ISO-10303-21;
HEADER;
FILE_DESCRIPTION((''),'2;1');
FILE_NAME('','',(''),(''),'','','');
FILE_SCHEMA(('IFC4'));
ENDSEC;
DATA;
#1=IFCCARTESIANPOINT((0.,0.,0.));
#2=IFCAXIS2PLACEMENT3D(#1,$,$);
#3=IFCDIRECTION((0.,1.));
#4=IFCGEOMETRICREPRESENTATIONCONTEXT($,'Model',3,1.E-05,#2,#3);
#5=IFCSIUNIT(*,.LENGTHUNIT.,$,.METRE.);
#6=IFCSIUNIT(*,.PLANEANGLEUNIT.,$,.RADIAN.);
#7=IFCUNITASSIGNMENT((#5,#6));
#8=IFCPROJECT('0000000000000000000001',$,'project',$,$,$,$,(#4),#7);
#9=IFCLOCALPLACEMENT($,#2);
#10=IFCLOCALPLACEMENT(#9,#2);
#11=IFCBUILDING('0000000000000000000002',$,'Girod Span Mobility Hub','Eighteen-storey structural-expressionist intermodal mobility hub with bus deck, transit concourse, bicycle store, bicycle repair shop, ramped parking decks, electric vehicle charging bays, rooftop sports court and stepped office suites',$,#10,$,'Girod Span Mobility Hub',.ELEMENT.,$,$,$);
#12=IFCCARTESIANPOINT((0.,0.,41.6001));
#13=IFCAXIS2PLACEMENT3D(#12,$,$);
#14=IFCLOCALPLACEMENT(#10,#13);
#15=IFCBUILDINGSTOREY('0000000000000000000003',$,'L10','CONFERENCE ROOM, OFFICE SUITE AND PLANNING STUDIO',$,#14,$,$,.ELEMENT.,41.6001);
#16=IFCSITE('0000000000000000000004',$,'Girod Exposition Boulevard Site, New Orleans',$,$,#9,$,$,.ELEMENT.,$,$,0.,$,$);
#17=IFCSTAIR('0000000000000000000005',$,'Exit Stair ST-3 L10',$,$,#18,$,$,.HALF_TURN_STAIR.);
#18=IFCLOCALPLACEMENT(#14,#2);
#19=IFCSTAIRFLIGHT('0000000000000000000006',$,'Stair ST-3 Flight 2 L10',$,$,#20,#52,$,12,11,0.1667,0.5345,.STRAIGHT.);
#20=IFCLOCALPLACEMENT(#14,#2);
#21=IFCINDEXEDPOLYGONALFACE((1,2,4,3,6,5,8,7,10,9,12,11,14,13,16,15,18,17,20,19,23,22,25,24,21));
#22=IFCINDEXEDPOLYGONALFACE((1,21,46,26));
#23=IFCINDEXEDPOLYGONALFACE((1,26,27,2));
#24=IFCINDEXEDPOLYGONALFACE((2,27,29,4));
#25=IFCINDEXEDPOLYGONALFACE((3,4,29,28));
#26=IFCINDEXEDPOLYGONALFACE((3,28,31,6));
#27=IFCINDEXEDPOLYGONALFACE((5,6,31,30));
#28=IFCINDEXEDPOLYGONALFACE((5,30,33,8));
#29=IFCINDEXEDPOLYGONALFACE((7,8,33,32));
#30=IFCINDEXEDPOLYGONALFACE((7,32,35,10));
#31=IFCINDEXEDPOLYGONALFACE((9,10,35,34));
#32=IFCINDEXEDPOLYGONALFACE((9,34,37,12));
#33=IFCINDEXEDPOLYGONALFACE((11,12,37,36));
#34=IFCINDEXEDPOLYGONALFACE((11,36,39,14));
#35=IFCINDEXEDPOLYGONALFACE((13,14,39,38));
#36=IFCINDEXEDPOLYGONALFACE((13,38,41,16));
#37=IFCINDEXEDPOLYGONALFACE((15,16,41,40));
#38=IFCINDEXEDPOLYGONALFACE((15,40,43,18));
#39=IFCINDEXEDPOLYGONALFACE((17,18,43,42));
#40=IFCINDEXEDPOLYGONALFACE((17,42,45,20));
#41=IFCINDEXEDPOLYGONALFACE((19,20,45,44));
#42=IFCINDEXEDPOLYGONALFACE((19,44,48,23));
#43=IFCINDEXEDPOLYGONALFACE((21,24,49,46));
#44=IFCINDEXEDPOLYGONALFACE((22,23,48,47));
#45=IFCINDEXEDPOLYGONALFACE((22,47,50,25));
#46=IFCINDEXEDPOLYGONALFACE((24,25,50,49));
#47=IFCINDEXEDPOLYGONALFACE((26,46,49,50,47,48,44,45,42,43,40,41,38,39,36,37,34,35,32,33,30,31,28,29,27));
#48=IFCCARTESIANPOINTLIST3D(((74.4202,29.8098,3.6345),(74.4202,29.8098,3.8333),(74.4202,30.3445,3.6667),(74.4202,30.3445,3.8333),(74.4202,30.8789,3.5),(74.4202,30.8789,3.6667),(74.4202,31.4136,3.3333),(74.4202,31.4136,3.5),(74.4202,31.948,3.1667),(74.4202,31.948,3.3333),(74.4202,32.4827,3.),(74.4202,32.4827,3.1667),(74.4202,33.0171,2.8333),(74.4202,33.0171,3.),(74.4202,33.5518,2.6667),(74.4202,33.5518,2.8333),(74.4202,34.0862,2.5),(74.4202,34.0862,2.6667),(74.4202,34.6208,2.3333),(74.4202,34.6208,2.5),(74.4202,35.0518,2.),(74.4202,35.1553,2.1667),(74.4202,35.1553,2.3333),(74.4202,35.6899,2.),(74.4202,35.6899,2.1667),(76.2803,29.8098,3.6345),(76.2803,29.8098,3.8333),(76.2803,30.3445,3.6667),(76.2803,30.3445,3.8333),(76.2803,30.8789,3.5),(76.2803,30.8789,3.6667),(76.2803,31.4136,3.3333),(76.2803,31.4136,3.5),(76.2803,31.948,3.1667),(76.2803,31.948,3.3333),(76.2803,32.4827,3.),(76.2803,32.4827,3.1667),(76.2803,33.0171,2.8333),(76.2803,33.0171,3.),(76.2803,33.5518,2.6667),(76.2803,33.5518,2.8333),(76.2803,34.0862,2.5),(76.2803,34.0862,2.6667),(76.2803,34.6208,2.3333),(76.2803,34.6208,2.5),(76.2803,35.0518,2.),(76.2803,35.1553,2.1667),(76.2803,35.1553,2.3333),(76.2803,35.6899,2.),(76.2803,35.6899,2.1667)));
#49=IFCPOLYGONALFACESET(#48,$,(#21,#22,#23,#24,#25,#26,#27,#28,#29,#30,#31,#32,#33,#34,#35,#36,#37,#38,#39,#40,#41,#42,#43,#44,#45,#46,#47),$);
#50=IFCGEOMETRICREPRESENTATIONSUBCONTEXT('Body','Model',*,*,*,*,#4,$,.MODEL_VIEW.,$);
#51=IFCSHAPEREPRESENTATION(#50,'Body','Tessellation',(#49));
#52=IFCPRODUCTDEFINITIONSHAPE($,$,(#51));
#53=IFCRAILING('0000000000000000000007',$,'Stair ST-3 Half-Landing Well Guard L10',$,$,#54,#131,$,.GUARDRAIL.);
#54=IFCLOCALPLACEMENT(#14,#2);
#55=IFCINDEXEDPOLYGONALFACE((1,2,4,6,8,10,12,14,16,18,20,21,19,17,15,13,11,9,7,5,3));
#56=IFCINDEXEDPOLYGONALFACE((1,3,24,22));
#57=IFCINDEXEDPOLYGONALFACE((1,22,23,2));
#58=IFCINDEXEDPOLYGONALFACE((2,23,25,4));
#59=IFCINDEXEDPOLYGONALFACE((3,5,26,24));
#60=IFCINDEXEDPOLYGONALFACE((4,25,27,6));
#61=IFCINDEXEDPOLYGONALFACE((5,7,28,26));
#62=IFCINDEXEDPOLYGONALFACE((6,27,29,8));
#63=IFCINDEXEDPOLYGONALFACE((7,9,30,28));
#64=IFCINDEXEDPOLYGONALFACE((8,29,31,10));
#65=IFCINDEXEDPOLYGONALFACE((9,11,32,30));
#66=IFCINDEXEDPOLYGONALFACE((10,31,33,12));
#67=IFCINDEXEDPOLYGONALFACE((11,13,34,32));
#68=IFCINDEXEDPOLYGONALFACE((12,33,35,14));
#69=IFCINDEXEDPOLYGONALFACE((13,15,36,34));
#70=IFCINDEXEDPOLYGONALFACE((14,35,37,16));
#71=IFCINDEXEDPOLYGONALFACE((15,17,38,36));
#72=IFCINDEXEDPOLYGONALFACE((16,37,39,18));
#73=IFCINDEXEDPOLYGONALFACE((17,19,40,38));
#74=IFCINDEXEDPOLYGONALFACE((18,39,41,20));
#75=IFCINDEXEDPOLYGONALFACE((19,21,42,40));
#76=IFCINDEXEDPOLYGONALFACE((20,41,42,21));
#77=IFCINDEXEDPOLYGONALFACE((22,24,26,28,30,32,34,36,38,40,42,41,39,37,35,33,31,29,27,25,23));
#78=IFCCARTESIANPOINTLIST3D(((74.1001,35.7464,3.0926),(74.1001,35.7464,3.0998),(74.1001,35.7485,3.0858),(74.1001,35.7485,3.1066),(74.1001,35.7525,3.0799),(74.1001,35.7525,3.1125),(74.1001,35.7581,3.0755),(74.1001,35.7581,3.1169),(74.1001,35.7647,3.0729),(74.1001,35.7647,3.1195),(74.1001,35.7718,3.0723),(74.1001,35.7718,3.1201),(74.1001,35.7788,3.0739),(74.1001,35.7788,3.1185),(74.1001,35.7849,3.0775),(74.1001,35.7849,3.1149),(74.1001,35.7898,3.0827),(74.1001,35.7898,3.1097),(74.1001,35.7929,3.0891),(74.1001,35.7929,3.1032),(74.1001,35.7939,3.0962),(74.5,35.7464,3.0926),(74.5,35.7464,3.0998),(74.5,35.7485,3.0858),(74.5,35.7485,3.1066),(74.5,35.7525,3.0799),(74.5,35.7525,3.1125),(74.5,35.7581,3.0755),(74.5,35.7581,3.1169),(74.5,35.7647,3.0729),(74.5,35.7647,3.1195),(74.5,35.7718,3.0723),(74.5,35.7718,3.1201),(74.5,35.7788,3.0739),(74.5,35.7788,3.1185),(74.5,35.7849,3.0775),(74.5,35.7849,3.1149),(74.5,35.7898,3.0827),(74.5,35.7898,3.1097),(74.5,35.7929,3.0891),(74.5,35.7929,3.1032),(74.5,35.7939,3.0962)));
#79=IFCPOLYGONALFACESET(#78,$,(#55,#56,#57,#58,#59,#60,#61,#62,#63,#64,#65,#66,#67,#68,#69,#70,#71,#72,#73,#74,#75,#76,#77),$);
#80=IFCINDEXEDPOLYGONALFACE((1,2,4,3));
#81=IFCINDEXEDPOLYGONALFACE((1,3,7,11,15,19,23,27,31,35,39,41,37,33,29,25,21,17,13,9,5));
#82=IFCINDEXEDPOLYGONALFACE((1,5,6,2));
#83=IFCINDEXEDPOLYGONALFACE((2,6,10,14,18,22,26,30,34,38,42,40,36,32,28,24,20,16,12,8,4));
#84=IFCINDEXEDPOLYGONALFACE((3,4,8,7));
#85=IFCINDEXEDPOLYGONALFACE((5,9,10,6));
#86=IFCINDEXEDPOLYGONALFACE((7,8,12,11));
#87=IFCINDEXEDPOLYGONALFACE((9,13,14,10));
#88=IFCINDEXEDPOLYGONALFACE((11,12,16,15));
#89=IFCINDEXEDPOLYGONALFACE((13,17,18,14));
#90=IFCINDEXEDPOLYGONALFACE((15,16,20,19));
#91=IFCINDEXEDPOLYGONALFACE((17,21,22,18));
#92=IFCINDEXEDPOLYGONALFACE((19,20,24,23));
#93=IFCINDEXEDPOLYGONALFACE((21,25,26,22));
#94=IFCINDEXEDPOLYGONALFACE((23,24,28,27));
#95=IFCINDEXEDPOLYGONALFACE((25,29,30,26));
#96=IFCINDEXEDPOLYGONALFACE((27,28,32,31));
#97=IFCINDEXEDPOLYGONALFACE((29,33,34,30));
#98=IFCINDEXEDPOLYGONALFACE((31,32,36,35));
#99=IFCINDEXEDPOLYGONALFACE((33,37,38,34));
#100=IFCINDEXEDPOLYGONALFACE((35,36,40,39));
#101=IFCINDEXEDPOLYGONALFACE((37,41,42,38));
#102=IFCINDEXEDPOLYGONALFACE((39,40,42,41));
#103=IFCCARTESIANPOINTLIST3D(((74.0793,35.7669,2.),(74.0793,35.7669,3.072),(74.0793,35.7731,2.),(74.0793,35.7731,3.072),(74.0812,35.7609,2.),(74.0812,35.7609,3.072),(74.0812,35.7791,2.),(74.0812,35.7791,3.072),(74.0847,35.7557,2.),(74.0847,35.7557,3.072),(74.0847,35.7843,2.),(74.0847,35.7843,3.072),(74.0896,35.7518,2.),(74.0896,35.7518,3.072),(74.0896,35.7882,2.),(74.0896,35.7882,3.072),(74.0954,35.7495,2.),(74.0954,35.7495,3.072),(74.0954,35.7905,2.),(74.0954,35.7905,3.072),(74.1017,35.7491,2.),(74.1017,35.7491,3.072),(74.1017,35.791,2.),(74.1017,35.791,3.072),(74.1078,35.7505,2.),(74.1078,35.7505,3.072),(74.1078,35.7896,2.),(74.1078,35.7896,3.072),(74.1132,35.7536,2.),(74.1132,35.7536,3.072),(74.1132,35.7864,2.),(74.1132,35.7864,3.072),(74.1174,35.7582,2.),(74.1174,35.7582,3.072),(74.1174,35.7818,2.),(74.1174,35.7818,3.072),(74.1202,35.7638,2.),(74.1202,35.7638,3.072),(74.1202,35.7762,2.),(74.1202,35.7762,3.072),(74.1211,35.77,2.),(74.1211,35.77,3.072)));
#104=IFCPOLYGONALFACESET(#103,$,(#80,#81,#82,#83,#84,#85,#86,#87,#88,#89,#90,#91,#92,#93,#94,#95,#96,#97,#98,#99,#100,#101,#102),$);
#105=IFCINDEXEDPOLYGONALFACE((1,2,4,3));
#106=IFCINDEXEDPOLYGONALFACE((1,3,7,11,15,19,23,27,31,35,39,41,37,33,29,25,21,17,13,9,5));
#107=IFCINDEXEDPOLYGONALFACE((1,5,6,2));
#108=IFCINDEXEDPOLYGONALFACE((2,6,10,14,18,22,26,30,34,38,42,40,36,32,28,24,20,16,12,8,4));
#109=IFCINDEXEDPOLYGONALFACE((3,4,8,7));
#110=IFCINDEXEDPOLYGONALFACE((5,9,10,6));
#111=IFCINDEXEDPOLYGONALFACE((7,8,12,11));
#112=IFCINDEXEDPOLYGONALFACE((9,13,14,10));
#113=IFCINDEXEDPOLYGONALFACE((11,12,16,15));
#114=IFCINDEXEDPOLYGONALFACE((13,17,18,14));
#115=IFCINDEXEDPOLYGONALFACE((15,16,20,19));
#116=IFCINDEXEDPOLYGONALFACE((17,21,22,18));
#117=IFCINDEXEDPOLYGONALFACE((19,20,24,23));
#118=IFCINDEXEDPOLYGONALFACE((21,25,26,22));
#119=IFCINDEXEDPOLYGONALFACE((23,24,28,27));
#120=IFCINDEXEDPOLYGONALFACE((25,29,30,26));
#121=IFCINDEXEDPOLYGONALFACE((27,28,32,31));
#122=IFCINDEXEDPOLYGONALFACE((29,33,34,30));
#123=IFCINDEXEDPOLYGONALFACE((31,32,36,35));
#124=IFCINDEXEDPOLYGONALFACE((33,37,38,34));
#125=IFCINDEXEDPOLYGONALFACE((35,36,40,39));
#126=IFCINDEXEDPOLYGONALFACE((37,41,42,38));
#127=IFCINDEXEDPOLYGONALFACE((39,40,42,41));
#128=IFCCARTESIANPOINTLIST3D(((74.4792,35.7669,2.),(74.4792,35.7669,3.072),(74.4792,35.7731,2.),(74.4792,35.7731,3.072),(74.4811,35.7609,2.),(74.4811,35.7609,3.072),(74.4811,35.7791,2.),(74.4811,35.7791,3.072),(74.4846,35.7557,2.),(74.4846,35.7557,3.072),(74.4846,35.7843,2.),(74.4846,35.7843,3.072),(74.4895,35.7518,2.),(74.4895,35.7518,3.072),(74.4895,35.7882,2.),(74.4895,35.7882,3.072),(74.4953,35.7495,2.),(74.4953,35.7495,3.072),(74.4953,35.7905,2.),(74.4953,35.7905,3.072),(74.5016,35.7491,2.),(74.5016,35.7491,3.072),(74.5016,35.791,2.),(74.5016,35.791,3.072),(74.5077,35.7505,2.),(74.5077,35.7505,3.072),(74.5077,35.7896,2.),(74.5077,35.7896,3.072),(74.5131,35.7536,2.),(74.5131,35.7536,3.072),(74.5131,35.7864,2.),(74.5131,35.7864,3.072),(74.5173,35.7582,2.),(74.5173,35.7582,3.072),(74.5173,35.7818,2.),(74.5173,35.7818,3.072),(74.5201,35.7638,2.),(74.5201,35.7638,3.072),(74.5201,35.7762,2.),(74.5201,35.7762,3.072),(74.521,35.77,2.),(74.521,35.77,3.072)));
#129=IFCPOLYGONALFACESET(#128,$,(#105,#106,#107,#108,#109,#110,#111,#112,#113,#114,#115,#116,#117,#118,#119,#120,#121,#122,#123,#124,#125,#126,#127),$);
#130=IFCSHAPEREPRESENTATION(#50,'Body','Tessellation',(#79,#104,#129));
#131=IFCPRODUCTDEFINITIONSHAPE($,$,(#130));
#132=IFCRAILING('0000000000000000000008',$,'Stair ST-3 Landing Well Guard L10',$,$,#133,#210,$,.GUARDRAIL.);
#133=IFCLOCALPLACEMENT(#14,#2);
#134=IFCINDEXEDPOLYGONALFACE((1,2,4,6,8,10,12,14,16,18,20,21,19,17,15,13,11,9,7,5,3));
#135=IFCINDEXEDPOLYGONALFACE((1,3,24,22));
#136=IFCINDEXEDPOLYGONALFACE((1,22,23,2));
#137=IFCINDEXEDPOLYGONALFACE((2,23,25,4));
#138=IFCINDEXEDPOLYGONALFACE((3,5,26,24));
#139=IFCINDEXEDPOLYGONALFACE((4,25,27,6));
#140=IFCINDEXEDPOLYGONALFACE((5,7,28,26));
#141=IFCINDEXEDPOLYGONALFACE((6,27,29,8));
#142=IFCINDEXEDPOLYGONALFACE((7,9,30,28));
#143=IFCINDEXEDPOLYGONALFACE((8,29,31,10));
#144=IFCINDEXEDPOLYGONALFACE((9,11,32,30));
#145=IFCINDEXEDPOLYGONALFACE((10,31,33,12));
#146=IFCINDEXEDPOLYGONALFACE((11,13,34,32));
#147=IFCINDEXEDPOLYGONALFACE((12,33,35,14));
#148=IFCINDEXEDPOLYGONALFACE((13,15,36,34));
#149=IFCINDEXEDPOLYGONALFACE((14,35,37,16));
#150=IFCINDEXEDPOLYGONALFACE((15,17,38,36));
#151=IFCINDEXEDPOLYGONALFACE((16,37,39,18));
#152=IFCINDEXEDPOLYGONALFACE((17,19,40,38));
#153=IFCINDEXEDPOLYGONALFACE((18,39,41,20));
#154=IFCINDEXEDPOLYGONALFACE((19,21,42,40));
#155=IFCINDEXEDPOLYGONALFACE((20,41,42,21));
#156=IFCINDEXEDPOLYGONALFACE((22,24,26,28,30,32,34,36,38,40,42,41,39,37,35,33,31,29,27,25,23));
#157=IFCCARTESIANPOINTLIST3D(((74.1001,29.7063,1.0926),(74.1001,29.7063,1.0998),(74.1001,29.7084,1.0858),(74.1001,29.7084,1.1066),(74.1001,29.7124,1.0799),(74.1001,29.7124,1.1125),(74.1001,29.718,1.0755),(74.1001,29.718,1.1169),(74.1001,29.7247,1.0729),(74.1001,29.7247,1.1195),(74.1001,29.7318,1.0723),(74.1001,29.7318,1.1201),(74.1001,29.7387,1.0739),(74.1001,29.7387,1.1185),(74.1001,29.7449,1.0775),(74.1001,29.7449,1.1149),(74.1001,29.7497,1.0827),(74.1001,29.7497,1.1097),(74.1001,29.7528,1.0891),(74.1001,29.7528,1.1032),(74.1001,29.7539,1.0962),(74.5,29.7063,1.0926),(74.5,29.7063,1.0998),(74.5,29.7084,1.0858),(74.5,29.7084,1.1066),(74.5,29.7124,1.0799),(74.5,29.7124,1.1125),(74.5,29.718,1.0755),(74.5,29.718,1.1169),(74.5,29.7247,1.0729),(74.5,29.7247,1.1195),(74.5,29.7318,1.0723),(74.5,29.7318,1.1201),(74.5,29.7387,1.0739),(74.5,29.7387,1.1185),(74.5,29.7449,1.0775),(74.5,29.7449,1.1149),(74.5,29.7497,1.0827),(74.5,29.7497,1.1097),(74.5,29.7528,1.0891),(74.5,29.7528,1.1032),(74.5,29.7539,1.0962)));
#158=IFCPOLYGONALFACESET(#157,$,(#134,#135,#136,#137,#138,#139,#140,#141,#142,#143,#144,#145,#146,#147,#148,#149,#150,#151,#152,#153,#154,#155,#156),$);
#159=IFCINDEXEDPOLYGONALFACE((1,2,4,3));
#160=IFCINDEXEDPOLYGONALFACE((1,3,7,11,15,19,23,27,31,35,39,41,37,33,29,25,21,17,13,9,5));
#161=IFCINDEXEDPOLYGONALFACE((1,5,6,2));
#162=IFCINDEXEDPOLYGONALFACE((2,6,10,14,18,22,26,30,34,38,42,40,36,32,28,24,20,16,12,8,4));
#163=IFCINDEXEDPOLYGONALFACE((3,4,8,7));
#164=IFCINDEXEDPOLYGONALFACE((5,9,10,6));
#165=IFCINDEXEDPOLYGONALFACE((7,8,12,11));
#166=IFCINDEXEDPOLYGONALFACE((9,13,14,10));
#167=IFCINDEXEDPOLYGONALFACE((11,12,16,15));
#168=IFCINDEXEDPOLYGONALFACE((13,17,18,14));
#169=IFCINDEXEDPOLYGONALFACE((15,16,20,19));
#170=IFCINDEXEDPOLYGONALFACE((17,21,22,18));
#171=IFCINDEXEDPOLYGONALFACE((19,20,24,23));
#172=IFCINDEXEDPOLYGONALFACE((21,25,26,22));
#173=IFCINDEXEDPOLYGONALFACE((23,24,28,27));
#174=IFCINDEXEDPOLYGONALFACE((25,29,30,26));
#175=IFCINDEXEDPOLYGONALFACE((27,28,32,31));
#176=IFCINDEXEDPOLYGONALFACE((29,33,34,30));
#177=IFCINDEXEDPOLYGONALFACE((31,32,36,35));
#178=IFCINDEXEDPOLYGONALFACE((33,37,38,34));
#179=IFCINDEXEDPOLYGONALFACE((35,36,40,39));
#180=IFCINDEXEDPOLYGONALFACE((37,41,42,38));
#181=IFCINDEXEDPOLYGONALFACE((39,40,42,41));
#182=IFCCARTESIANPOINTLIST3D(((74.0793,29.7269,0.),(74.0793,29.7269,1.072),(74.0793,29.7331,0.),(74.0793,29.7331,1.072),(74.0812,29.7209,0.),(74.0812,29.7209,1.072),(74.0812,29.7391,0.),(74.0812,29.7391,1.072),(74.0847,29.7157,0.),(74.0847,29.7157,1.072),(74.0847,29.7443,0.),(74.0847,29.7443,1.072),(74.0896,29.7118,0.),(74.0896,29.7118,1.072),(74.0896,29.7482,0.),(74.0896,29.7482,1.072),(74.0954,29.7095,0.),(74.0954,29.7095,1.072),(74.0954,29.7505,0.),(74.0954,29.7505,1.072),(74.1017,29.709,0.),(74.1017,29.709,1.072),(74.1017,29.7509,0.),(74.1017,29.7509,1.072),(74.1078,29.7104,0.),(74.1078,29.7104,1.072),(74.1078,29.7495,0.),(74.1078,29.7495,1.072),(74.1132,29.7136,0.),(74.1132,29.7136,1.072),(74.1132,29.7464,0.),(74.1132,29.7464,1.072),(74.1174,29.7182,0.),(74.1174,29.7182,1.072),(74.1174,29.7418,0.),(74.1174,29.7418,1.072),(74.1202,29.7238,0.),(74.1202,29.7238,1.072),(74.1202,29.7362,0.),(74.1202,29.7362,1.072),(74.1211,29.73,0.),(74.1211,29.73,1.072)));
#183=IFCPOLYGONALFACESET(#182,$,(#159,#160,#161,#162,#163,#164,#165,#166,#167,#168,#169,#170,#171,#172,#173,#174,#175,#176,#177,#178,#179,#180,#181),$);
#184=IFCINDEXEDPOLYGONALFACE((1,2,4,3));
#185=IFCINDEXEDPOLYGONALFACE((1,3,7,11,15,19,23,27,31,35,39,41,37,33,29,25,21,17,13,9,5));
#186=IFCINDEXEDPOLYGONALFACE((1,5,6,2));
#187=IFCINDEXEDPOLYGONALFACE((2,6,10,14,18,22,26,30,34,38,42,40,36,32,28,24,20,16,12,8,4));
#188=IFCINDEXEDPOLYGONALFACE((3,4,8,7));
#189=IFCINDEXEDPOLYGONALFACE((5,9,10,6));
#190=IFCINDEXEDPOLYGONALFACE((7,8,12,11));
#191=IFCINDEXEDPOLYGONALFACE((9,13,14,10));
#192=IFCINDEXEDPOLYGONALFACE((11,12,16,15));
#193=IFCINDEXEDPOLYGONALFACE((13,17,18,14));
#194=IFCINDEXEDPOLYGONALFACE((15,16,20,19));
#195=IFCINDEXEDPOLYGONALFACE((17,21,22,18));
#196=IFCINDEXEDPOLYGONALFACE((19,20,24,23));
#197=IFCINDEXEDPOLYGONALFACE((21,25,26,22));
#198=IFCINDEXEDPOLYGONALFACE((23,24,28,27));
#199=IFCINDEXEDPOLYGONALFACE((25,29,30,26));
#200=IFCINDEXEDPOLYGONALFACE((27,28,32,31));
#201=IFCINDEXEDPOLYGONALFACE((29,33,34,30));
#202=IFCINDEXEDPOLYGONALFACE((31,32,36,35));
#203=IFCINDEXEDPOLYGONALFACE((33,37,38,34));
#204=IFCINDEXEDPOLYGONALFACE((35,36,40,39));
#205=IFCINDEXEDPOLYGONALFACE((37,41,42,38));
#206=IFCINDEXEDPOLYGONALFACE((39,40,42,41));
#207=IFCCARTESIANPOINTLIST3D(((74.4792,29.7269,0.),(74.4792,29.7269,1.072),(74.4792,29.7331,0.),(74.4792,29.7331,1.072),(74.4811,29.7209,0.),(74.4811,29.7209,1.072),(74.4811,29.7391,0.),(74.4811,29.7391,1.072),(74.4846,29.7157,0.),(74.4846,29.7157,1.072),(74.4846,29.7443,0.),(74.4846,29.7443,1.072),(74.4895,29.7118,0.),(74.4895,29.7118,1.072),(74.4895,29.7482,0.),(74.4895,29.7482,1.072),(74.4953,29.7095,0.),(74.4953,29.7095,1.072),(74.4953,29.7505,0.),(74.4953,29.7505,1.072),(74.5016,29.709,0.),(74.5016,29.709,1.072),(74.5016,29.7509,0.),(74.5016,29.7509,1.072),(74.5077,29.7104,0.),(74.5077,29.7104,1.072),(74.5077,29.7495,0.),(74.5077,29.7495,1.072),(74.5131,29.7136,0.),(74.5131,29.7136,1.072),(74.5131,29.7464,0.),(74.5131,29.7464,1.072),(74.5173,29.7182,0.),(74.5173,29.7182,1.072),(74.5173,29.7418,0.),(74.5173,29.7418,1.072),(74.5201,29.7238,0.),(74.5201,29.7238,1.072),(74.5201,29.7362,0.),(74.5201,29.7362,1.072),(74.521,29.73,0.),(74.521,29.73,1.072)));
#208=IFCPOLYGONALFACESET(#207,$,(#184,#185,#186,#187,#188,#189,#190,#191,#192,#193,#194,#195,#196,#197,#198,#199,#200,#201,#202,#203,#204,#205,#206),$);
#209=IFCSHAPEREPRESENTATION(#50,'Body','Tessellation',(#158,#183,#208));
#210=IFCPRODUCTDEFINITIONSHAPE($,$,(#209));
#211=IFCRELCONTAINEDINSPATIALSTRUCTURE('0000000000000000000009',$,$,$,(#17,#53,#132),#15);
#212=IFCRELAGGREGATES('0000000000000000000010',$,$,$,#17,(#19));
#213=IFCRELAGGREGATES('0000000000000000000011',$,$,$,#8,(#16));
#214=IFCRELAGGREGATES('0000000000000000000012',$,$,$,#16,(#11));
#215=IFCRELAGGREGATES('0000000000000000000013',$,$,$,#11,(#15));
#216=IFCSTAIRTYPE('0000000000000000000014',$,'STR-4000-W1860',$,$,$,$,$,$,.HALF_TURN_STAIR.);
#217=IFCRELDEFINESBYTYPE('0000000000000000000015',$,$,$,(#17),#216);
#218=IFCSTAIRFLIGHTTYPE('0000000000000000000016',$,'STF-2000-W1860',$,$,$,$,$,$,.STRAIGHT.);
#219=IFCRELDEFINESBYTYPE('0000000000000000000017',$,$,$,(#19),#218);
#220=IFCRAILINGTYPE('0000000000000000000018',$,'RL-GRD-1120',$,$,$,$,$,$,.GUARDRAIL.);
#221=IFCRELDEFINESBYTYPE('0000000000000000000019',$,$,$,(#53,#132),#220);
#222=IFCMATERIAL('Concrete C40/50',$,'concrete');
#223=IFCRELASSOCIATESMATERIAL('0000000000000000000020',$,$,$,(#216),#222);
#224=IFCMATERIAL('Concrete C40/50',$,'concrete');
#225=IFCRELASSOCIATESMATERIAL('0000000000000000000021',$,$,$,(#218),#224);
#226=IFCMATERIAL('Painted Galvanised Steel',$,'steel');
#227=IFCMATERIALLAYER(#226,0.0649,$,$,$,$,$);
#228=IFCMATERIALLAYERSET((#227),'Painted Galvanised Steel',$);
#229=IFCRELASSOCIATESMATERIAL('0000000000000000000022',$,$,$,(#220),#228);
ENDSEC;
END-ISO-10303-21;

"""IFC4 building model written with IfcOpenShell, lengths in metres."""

from ifc_helpers import new_model, si_unit, direction, frame, origin, origin_2d, place, context, subcontext, project, spatial, polyline, circle, outline, extrude, material, layer, layer_set, type_object, element, aggregate, save


model = new_model("IFC4")

# Units and contexts
model_context = context("Model", 3, precision=1e-05, world=origin(), true_north=direction((0.0, 1.0)))
body_context = subcontext(model_context, "Body", "Model", "MODEL_VIEW")
ifc_project = project(units=[si_unit("LENGTHUNIT", "METRE"), si_unit("PLANEANGLEUNIT", "RADIAN")], contexts=[model_context])

# Site, building, storey
site_placement = place(None, origin())
site = spatial("IfcSite", under=ifc_project, at=site_placement, Name="Girod Exposition Boulevard Site, New Orleans", CompositionType="ELEMENT", RefElevation=0.0)
building_placement = place(site_placement, origin())
building = spatial("IfcBuilding", under=site, at=building_placement, Name="Girod Span Mobility Hub", Description="Eighteen-storey structural-expressionist intermodal mobility hub with bus deck, transit concourse, bicycle store, bicycle repair shop, ramped parking decks, electric vehicle charging bays, rooftop sports court and stepped office suites", LongName="Girod Span Mobility Hub", CompositionType="ELEMENT")
storey_placement = place(building_placement, frame((0.0, 0.0, 41.6001)))
storey = spatial("IfcBuildingStorey", under=building, at=storey_placement, Name="L10", Description="CONFERENCE ROOM, OFFICE SUITE AND PLANNING STUDIO", CompositionType="ELEMENT", Elevation=41.6001)

# Stair, stair flight
ifc_material_1 = material(Name="Concrete C40/50", Category="concrete")
stair_type = type_object("IfcStairType", Name="STR-4000-W1860", PredefinedType="HALF_TURN_STAIR", material=ifc_material_1)
stair_placement = place(storey_placement, origin())
stair = element("IfcStair", 1, at=stair_placement, inside=storey, type_object=stair_type, Name="Exit Stair ST-3 L10", PredefinedType="HALF_TURN_STAIR")
ifc_material_2 = material(Name="Concrete C40/50", Category="concrete")
stair_flight_type = type_object("IfcStairFlightType", Name="STF-2000-W1860", PredefinedType="STRAIGHT", material=ifc_material_2)
stair_flight_1_placement = place(storey_placement, frame((75.3501, 35.6899, 2.0), z_axis=(0.0, 0.0, 1.0), x_axis=(0.0, -1.0, 0.0)))
stair_flight_1 = element("IfcStairFlight", 2, at=stair_flight_1_placement, type_object=stair_flight_type, Name="Stair ST-3 Flight 2 L10", NumberOfRisers=12, NumberOfTreads=11, PredefinedType="STRAIGHT", RiserHeight=0.1667, TreadLength=0.5345, context=body_context, shape_type="SweptSolid", body=[
    extrude(outline(polyline([(0.0, 0.0), (0.0, 0.1667), (0.5347, 0.1667), (0.5347, 0.3333), (1.0691, 0.3333), (1.0691, 0.5), (1.6038, 0.5), (1.6038, 0.6667), (2.1382, 0.6667), (2.1382, 0.8333), (2.6729, 0.8333), (2.6729, 1.0), (3.2073, 1.0), (3.2073, 1.1667), (3.7419, 1.1667), (3.7419, 1.3333), (4.2764, 1.3333), (4.2764, 1.5), (4.811, 1.5), (4.811, 1.6667), (5.3455, 1.6667), (5.3455, 1.8333), (5.8801, 1.8333), (5.8801, 2.0), (5.8801, 1.6345), (0.6382, 0.0), (0.0, 0.0)])), frame((0.0, 0.9302, 0.0), z_axis=(0.0, -1.0, 0.0), x_axis=(1.0, 0.0, 0.0)), (0.0, 0.0, 1.0), 1.8601),
])
aggregate(stair, [stair_flight_1])

# Railings
ifc_material_3 = material(Name="Painted Galvanised Steel", Category="steel")
ifc_layer_1 = layer(ifc_material_3, 0.0649)
ifc_layer_set_1 = layer_set([ifc_layer_1], Name="Painted Galvanised Steel")
railing_type_1 = type_object("IfcRailingType", Name="RL-GRD-1120", PredefinedType="GUARDRAIL", material=ifc_layer_set_1)
for number, where, name in (
    (3, (74.1001, 35.77, 2.0), "Stair ST-3 Half-Landing Well Guard L10"),
    (4, (74.1001, 29.73, 0.0), "Stair ST-3 Landing Well Guard L10"),
):
    element("IfcRailing", number, at=place(storey_placement, frame(where)), inside=storey, type_object=railing_type_1, Name=name, PredefinedType="GUARDRAIL", context=body_context, shape_type="SweptSolid", body=[
        extrude(circle(Radius=0.0239, at=origin_2d()), frame((0.0, 0.0, 1.0962), z_axis=(1.0, 0.0, 0.0), x_axis=(0.0, 1.0, 0.0)), (0.0, 0.0, 1.0), 0.3999),
        extrude(circle(Radius=0.021, at=origin_2d()), origin(), (0.0, 0.0, 1.0), 1.072),
        extrude(circle(Radius=0.021, at=origin_2d()), frame((0.3999, 0.0, 0.0)), (0.0, 0.0, 1.0), 1.072),
    ])

save(model, "model.ifc")
